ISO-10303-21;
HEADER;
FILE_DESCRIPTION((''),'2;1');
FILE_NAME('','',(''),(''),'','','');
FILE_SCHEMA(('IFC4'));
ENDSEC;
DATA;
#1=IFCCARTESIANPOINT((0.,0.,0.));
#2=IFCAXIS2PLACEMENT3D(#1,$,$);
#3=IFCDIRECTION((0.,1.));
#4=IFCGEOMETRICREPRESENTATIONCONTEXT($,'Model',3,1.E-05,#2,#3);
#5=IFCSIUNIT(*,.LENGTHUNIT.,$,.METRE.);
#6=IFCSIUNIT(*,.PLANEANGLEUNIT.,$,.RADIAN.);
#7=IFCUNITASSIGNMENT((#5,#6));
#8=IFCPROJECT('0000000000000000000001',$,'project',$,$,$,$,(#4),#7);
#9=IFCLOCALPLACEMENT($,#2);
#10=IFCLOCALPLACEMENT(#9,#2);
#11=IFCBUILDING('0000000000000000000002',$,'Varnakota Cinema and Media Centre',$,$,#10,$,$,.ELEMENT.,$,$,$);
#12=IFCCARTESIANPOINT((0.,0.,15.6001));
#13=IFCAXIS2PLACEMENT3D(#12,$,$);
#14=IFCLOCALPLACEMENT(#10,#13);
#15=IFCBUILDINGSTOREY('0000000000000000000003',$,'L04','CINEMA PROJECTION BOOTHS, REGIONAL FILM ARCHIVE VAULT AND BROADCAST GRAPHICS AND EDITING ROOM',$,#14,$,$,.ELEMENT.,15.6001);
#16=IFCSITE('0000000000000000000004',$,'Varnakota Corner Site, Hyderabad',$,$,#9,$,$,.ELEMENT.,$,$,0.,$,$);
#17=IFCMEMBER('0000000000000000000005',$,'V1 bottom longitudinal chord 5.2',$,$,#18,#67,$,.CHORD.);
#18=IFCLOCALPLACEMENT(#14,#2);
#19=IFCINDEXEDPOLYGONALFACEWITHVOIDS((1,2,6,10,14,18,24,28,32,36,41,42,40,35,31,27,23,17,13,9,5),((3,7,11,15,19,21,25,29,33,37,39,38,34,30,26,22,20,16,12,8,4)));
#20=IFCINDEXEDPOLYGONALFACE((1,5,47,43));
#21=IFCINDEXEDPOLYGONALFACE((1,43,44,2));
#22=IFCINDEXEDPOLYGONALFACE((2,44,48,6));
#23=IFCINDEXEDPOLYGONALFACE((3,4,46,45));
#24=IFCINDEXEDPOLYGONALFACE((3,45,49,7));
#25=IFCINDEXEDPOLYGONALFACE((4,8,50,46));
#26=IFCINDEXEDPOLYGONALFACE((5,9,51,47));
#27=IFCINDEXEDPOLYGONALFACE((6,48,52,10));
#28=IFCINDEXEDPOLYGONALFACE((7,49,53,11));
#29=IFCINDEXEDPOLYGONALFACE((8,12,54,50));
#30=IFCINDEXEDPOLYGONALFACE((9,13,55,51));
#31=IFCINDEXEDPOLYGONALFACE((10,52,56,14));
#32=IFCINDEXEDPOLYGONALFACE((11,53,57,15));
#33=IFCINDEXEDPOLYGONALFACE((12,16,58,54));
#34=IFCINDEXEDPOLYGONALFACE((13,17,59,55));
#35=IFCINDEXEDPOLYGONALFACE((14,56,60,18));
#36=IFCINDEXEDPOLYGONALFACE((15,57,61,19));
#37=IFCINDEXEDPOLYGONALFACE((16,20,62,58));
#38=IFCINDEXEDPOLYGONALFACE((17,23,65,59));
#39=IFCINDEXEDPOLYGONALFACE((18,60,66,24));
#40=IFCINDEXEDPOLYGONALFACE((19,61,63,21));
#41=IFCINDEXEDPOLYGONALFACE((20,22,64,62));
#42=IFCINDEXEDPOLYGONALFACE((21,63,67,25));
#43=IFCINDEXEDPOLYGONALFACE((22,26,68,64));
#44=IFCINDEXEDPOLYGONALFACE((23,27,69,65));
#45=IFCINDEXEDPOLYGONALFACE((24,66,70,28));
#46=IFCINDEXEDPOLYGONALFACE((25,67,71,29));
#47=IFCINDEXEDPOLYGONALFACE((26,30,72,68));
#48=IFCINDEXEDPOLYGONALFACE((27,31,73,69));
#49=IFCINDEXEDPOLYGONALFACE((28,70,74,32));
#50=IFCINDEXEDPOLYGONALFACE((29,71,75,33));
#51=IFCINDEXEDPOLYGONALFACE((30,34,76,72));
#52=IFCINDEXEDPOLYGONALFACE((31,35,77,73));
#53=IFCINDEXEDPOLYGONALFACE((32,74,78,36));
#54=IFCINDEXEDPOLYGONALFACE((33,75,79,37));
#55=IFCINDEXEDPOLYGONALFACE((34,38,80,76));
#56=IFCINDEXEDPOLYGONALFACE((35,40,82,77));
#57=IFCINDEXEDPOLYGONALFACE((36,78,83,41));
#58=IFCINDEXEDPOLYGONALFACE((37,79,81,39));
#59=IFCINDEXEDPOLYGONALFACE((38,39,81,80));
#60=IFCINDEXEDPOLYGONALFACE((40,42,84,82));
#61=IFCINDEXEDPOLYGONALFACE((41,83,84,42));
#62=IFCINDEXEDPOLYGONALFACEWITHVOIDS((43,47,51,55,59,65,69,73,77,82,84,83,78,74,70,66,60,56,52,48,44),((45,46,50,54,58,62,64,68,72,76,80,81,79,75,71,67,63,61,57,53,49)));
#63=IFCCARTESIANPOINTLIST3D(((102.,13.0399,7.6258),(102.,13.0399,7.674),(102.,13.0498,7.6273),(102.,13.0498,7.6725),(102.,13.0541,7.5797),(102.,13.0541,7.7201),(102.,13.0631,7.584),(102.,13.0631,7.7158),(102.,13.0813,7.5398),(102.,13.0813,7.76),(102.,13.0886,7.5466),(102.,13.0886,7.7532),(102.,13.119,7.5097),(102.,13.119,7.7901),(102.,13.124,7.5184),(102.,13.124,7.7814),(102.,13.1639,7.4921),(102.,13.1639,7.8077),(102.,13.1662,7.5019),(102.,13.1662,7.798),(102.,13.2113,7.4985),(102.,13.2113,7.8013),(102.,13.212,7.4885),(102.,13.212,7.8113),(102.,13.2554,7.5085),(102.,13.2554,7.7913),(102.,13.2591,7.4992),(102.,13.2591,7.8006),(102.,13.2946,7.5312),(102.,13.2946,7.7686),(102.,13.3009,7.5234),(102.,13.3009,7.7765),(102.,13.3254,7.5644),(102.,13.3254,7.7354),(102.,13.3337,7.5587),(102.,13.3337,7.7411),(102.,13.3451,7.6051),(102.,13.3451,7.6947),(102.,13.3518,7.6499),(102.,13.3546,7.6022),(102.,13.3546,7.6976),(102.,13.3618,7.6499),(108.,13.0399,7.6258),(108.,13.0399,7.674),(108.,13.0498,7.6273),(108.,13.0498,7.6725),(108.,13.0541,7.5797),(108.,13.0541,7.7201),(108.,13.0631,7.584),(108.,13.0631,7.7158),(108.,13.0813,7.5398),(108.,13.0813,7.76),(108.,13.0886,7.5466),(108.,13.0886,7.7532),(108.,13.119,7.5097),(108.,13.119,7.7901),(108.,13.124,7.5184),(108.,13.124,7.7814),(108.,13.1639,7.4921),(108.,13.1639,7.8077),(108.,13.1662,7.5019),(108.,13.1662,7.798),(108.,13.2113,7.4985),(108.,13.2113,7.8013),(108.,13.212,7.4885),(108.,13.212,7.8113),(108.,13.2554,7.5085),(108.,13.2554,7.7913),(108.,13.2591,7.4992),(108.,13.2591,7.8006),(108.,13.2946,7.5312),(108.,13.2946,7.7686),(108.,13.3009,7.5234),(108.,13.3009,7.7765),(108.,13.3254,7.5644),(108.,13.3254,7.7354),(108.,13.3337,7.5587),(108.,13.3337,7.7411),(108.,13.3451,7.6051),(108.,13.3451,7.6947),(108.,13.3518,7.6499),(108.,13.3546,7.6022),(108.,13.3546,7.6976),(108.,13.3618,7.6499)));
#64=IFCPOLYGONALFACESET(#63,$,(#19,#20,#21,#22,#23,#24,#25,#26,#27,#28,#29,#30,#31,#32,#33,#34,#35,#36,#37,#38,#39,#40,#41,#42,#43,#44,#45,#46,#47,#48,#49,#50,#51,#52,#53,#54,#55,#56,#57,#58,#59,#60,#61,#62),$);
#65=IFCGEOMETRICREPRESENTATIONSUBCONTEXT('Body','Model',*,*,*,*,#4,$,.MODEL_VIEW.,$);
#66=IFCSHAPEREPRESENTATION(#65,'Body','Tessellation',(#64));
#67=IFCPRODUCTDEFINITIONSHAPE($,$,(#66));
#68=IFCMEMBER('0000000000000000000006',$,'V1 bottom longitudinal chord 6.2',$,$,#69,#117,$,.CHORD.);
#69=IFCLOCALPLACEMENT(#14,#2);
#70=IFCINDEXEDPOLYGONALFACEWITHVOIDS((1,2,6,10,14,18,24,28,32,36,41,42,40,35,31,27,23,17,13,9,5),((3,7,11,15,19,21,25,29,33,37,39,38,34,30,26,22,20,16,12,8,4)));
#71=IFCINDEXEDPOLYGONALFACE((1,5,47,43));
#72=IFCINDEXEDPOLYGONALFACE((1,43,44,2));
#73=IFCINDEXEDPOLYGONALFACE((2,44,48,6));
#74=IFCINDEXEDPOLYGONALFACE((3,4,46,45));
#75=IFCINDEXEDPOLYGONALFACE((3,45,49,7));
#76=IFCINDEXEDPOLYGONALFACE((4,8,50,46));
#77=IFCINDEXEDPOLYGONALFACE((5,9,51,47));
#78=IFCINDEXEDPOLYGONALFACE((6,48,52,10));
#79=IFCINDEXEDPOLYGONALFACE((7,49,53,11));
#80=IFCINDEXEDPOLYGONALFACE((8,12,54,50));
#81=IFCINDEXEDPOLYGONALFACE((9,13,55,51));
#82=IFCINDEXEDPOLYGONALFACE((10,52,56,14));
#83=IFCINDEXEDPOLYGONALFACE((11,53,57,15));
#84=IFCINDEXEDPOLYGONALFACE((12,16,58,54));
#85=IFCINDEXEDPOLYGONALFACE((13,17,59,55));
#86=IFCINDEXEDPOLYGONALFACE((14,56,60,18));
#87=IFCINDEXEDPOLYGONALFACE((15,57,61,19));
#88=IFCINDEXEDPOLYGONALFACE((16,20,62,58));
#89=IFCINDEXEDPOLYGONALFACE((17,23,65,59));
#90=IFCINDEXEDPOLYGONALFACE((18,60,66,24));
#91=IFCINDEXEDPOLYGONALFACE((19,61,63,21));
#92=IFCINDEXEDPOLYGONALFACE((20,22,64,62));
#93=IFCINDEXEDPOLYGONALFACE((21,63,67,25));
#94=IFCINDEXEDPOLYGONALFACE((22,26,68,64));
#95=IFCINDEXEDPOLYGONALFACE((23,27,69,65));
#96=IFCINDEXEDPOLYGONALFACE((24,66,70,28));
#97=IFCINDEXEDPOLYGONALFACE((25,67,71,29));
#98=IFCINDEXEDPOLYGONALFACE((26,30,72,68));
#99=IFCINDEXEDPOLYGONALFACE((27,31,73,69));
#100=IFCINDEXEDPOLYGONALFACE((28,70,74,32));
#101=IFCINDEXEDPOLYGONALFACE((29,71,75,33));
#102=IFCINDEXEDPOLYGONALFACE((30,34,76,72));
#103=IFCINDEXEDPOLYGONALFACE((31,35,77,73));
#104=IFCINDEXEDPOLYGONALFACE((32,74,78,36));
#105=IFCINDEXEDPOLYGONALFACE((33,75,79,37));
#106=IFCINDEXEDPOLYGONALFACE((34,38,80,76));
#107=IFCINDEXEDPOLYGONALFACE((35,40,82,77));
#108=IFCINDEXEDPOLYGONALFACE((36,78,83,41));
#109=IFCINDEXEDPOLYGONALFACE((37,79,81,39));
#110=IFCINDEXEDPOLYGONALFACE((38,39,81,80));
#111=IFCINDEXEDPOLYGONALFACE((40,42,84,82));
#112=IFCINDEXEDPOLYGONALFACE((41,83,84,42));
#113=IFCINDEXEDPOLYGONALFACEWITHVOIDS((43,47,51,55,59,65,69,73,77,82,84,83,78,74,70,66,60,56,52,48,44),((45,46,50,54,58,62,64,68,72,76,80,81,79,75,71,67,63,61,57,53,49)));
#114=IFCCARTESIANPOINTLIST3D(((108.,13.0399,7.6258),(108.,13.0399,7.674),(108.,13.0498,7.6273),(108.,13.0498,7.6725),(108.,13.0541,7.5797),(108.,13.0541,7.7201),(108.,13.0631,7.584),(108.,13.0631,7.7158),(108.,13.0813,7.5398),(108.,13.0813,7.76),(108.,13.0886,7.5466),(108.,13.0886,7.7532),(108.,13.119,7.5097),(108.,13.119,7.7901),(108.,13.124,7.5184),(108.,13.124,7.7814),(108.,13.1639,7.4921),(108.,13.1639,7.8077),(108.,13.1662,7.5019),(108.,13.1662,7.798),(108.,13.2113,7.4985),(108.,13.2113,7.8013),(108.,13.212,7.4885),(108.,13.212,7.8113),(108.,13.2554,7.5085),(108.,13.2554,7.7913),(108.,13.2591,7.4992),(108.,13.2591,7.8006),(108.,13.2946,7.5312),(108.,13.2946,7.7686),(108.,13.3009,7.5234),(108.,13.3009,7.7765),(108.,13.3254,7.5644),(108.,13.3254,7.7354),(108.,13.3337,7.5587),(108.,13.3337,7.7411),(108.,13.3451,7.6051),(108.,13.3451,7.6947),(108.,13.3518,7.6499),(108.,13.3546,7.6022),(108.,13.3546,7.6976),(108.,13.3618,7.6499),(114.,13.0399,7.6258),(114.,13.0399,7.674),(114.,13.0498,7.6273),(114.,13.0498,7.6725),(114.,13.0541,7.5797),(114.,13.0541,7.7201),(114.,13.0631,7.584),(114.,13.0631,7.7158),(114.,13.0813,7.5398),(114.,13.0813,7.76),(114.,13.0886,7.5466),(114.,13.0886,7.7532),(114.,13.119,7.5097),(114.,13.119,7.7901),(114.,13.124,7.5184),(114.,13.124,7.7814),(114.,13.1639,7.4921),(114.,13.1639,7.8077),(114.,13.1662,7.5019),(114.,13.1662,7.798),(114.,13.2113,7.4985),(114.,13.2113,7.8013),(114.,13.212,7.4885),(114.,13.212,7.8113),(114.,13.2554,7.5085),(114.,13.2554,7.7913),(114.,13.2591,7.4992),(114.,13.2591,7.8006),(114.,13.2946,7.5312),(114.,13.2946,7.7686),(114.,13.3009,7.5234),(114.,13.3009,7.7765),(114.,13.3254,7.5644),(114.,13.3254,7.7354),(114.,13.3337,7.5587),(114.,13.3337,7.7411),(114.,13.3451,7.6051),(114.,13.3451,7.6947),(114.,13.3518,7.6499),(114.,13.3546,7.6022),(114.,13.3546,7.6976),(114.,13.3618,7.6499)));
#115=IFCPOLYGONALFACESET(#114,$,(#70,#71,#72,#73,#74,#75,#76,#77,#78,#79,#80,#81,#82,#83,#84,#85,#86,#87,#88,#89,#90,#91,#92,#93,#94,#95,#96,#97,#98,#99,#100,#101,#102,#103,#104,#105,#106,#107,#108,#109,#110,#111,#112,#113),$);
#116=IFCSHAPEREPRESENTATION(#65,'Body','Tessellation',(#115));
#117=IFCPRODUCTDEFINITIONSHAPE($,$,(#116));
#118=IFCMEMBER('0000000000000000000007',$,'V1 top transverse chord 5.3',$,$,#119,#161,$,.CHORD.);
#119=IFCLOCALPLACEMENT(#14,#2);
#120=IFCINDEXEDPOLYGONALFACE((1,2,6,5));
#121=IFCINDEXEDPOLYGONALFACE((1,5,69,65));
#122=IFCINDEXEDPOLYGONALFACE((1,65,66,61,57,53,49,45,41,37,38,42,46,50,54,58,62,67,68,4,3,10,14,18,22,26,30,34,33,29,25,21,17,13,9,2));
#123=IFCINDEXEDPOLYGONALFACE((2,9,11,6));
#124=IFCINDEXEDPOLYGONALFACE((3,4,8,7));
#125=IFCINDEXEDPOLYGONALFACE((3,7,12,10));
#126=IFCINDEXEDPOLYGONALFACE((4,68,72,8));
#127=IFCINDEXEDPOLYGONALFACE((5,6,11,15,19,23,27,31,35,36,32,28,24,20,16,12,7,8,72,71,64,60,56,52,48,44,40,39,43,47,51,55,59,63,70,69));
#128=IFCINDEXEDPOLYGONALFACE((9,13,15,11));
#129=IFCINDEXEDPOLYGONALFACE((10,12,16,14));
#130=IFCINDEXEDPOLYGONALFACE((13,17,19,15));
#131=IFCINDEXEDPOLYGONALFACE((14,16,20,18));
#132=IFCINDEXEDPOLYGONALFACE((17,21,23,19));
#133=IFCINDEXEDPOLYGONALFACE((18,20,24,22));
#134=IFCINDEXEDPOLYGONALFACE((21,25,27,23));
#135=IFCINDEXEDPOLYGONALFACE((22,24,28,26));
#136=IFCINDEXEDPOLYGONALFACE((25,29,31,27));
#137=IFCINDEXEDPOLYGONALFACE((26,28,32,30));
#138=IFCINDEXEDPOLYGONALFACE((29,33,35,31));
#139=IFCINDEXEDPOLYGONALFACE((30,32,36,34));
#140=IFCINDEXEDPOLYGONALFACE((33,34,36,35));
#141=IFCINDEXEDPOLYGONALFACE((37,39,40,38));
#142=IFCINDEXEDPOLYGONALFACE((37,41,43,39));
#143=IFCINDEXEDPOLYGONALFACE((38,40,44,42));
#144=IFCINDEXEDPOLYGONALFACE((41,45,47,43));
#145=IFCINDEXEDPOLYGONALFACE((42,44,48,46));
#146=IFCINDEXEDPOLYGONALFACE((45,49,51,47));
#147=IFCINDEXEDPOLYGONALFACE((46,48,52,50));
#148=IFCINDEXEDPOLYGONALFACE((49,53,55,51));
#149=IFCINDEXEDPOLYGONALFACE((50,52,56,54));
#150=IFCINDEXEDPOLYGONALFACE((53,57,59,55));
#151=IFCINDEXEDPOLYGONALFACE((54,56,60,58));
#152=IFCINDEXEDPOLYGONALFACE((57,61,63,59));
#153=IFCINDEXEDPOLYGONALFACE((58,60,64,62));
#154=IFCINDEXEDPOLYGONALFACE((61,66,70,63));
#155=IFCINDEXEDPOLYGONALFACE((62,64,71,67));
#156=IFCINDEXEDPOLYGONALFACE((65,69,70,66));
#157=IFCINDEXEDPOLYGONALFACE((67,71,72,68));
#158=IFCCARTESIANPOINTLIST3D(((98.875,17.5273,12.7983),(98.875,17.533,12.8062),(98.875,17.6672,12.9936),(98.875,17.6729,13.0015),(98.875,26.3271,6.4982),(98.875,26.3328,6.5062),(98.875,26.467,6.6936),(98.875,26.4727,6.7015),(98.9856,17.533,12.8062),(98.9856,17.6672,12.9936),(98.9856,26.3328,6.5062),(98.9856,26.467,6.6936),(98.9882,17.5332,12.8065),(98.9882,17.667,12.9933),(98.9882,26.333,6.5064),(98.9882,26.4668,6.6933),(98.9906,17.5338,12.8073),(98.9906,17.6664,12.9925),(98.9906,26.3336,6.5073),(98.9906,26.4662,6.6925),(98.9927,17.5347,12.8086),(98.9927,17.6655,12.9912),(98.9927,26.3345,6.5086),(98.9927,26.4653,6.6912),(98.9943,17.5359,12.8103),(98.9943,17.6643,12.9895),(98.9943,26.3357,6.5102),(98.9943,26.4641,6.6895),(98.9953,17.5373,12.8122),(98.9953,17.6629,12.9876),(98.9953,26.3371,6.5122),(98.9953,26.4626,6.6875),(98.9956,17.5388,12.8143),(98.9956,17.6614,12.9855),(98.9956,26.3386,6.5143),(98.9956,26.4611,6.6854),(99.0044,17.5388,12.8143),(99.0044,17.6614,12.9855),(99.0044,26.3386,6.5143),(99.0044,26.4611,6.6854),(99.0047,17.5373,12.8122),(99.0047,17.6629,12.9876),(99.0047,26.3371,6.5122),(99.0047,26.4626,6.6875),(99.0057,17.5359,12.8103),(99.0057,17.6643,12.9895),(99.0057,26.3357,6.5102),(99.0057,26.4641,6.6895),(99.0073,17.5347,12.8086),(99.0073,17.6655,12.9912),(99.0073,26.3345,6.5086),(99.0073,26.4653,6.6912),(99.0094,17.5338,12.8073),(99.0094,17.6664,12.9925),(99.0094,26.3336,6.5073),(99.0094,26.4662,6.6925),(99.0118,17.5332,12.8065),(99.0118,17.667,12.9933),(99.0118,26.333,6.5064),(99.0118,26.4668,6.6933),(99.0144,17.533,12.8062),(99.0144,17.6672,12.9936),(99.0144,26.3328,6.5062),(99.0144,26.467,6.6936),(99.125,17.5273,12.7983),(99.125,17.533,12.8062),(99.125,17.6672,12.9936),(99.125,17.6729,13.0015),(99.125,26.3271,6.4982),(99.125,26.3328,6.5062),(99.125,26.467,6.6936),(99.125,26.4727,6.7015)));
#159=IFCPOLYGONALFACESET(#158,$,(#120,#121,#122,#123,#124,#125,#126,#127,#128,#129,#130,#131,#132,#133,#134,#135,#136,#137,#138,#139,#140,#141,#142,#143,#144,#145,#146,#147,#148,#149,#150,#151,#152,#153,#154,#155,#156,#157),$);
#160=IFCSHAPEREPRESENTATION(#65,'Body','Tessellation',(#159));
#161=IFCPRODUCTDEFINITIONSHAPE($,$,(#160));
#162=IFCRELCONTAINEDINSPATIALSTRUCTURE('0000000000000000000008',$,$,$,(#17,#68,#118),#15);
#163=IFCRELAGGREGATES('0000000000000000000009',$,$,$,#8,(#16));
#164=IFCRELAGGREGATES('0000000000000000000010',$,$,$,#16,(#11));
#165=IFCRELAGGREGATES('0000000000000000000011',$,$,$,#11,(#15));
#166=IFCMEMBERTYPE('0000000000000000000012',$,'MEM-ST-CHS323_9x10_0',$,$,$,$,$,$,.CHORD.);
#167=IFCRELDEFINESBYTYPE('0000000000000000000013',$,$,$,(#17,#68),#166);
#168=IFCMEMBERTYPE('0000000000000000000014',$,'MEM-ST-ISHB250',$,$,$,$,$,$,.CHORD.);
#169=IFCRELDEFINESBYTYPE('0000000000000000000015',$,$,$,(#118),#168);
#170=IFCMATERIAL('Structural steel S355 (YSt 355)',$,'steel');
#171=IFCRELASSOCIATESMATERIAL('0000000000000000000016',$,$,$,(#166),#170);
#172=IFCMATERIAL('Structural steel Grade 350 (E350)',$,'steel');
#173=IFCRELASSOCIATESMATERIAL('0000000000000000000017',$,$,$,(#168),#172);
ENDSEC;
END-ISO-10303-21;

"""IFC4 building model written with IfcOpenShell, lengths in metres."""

from ifc_helpers import new_model, si_unit, direction, frame, origin, origin_2d, place, context, subcontext, project, spatial, hollow_circle, i_section, extrude, material, material_profile, profile_set, type_object, element, save


model = new_model("IFC4")

# Units and contexts
model_context = context("Model", 3, precision=1e-05, world=origin(), true_north=direction((0.0, 1.0)))
body_context = subcontext(model_context, "Body", "Model", "MODEL_VIEW")
ifc_project = project(units=[si_unit("LENGTHUNIT", "METRE"), si_unit("PLANEANGLEUNIT", "RADIAN")], contexts=[model_context])

# Site, building, storey
site_placement = place(None, origin())
site = spatial("IfcSite", under=ifc_project, at=site_placement, Name="Varnakota Corner Site, Hyderabad", CompositionType="ELEMENT", RefElevation=0.0)
building_placement = place(site_placement, origin())
building = spatial("IfcBuilding", under=site, at=building_placement, Name="Varnakota Cinema and Media Centre", CompositionType="ELEMENT")
storey_placement = place(building_placement, frame((0.0, 0.0, 15.6001)))
storey = spatial("IfcBuildingStorey", under=building, at=storey_placement, Name="L04", Description="CINEMA PROJECTION BOOTHS, REGIONAL FILM ARCHIVE VAULT AND BROADCAST GRAPHICS AND EDITING ROOM", CompositionType="ELEMENT", Elevation=15.6001)

# Members
ifc_material_1 = material(Name="Structural steel S355 (YSt 355)", Category="steel")
ifc_material_profile_1 = material_profile(ifc_material_1, hollow_circle(Radius=0.1619, WallThickness=0.01, at=origin_2d()), Name="CHS 323.9x10.0")
ifc_profile_set_1 = profile_set([ifc_material_profile_1], Name="Structural steel S355 (YSt 355)")
member_type_1 = type_object("IfcMemberType", Name="MEM-ST-CHS323_9x10_0", PredefinedType="CHORD", material=ifc_profile_set_1)
for number, where, z_axis, x_axis, name in (
    (1, (102.0, 13.2, 7.6499), (1.0, 0.0, 0.0), (0.0, 1.0, 0.0), "V1 bottom longitudinal chord 5.2"),
    (2, (108.0, 13.2, 7.6499), (1.0, 0.0, 0.0), (0.0, 1.0, 0.0), "V1 bottom longitudinal chord 6.2"),
):
    element("IfcMember", number, at=place(storey_placement, frame(where, z_axis=z_axis, x_axis=x_axis)), inside=storey, type_object=member_type_1, Name=name, PredefinedType="CHORD", context=body_context, shape_type="SweptSolid", body=[
        extrude(hollow_circle(Radius=0.1619, WallThickness=0.01, at=origin_2d()), origin(), (0.0, 0.0, 1.0), 6.0),
    ])
ifc_material_2 = material(Name="Structural steel Grade 350 (E350)", Category="steel")
ifc_material_profile_2 = material_profile(ifc_material_2, i_section(OverallWidth=0.25, OverallDepth=0.25, WebThickness=0.0088, FlangeThickness=0.0098, FilletRadius=0.01, at=origin_2d()), Name="ISHB 250")
ifc_profile_set_2 = profile_set([ifc_material_profile_2], Name="Structural steel Grade 350 (E350)")
member_type_2 = type_object("IfcMemberType", Name="MEM-ST-ISHB250", PredefinedType="CHORD", material=ifc_profile_set_2)
member_1_placement = place(storey_placement, frame((99.0, 17.6001, 12.8999), z_axis=(0.0, 0.8131, -0.582123), x_axis=(-1.0, 0.0, 0.0)))
element("IfcMember", 3, at=member_1_placement, inside=storey, type_object=member_type_2, Name="V1 top transverse chord 5.3", PredefinedType="CHORD", context=body_context, shape_type="SweptSolid", body=[
    extrude(i_section(OverallWidth=0.25, OverallDepth=0.25, WebThickness=0.0088, FlangeThickness=0.0098, FilletRadius=0.01, at=origin_2d()), origin(), (0.0, 0.0, 1.0), 10.8225),
])

save(model, "model.ifc")
